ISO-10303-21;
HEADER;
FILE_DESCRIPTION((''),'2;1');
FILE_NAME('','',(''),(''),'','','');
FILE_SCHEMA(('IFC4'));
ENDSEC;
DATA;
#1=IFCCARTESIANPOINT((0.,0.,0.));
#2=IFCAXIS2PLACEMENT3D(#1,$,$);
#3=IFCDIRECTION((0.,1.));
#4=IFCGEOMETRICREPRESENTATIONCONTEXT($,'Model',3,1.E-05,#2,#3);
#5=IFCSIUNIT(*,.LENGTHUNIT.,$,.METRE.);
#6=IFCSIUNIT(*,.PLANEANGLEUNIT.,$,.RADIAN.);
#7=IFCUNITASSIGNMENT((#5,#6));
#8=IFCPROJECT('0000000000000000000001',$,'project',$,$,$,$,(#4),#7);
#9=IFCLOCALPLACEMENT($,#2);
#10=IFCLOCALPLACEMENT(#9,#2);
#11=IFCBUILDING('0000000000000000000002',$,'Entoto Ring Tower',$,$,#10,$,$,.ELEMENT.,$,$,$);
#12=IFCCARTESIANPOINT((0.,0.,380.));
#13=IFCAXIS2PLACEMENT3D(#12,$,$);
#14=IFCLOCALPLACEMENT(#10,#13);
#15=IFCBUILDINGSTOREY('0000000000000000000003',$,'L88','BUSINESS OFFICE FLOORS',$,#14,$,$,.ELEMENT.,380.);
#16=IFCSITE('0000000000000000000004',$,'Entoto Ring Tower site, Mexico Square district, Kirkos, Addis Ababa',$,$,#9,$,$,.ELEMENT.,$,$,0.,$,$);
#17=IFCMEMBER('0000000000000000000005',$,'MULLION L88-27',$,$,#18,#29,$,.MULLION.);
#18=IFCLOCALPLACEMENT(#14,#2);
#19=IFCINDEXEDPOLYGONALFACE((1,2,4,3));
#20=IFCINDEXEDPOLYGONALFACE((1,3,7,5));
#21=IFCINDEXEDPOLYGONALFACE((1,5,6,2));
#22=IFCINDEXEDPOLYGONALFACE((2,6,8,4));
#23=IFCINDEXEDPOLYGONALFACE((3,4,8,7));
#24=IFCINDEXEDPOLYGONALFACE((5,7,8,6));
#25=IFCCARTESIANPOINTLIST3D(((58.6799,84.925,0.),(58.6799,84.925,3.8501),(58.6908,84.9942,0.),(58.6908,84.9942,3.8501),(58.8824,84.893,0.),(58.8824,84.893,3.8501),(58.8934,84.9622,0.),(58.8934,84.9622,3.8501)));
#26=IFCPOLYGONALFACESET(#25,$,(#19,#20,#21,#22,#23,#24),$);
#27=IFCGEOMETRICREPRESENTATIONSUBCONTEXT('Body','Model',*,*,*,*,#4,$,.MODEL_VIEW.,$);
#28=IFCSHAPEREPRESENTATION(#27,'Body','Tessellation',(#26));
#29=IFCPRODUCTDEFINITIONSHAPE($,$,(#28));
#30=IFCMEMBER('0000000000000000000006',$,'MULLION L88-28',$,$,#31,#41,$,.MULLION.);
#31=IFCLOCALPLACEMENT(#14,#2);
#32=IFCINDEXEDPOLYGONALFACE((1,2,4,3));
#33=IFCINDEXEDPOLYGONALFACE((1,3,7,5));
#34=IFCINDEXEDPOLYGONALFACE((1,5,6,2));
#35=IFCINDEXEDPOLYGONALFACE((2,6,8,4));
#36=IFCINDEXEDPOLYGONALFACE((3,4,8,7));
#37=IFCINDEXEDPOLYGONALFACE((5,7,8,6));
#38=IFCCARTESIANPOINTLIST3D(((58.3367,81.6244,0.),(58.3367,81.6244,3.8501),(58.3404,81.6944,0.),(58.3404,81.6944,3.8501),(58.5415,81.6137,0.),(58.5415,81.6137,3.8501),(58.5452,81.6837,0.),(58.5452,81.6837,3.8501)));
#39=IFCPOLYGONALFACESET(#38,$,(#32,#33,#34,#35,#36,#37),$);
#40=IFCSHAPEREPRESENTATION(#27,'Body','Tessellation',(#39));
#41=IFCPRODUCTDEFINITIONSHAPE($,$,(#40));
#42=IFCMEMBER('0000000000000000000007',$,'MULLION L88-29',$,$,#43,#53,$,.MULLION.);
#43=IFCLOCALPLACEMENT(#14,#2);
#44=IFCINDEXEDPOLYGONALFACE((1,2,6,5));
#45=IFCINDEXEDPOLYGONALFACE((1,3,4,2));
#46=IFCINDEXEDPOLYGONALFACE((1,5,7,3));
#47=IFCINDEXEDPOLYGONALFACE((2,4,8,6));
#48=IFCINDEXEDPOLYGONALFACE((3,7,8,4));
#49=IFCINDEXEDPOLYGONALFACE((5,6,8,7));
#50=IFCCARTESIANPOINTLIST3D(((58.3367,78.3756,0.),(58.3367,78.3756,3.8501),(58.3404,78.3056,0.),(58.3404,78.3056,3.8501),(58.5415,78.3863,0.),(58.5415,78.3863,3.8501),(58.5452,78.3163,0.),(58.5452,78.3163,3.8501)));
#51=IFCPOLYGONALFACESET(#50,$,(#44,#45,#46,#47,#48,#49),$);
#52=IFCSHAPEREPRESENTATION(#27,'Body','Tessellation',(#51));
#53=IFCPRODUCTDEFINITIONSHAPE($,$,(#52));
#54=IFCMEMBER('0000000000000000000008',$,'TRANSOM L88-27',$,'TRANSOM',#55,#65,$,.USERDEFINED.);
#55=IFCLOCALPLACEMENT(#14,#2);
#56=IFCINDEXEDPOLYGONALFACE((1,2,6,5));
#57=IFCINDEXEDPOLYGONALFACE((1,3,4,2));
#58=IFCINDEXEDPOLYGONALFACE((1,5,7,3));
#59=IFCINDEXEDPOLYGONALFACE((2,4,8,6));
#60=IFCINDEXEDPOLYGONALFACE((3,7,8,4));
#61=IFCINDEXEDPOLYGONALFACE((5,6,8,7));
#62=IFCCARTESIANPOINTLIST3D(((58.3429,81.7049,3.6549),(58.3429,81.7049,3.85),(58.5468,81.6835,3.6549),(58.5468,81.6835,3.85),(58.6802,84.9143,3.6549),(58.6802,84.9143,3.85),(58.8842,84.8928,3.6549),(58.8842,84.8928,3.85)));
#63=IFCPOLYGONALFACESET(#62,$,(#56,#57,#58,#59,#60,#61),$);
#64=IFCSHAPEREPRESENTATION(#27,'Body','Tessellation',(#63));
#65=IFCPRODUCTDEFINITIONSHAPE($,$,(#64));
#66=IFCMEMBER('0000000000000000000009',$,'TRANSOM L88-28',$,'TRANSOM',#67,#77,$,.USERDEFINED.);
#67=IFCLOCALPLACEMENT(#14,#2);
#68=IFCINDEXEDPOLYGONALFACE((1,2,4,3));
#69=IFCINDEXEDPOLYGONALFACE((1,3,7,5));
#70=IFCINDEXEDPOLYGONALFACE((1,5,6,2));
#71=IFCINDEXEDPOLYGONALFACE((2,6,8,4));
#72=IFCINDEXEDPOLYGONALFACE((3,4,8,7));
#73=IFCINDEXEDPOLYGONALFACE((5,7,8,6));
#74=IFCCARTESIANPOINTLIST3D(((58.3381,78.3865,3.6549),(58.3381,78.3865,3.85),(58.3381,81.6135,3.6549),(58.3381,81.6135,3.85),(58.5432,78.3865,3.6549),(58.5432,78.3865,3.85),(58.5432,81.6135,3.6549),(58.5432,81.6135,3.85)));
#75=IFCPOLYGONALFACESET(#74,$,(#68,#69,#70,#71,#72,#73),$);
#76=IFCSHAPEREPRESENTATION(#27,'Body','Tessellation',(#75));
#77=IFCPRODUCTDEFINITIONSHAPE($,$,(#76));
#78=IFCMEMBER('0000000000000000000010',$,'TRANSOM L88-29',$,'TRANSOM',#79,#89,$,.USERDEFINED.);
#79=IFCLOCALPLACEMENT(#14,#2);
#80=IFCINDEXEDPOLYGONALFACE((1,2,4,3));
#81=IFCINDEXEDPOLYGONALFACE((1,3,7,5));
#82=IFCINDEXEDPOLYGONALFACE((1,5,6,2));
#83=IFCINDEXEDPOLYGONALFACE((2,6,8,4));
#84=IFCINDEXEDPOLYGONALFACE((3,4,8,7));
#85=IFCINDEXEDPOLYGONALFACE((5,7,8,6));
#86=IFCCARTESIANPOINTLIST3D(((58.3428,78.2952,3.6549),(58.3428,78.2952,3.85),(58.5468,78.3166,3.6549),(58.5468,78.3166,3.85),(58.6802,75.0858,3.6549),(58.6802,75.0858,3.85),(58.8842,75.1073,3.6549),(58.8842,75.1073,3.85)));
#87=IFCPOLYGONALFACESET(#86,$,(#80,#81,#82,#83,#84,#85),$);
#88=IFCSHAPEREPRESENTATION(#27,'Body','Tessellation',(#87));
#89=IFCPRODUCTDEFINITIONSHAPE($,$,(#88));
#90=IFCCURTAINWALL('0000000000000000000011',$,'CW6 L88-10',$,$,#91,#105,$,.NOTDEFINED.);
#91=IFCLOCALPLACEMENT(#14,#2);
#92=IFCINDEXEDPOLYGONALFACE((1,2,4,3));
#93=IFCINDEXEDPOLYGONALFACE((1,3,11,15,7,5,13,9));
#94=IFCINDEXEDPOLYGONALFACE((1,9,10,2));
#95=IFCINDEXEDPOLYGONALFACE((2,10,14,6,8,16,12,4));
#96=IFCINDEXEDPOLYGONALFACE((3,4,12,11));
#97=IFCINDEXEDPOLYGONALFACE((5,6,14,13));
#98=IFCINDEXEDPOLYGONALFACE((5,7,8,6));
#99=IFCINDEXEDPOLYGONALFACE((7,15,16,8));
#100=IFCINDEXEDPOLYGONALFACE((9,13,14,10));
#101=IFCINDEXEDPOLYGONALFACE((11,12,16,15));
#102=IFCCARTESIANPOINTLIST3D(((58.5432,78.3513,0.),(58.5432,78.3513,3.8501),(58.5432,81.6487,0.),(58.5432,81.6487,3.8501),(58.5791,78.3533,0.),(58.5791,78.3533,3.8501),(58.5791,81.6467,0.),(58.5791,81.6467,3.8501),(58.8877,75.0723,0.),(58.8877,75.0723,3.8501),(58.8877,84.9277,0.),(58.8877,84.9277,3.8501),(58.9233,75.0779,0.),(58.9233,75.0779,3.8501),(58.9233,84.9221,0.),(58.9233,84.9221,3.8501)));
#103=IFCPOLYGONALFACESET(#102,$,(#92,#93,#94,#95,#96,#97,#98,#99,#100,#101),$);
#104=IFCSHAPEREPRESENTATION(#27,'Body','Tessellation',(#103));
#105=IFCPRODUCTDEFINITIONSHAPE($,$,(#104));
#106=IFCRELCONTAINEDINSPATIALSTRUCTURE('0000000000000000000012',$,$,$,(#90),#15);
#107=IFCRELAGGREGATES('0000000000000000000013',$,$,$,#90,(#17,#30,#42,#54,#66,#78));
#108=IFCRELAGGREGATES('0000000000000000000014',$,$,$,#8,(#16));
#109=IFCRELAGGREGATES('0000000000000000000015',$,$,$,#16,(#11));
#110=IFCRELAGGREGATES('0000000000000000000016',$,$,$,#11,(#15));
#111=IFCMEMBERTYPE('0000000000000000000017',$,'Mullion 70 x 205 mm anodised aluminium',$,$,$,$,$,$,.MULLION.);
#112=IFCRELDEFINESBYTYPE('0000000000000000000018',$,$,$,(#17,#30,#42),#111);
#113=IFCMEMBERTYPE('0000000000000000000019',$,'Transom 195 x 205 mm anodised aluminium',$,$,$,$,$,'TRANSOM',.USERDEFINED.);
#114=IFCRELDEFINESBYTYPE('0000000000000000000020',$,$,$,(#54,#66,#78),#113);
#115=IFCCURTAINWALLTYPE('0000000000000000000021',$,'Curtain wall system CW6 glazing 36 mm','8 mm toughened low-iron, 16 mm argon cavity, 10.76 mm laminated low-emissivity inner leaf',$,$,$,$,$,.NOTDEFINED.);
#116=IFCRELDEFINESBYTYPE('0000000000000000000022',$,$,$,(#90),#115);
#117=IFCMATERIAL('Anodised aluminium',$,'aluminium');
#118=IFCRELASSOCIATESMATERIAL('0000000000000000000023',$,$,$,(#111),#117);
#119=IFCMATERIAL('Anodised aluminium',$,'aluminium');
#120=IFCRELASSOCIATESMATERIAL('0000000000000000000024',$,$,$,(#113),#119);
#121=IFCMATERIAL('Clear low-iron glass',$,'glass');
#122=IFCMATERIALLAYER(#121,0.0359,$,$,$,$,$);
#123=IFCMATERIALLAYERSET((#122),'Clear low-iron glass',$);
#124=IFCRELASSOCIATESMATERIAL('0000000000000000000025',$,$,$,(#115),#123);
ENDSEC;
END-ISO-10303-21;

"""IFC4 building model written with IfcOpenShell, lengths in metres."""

from ifc_helpers import new_model, si_unit, direction, frame, origin, origin_2d, place, context, subcontext, project, spatial, polyline, rectangle, outline, extrude, material, layer, layer_set, material_profile, profile_set, type_object, element, aggregate, save


model = new_model("IFC4")

# Units and contexts
model_context = context("Model", 3, precision=1e-05, world=origin(), true_north=direction((0.0, 1.0)))
body_context = subcontext(model_context, "Body", "Model", "MODEL_VIEW")
ifc_project = project(units=[si_unit("LENGTHUNIT", "METRE"), si_unit("PLANEANGLEUNIT", "RADIAN")], contexts=[model_context])

# Members
ifc_material_1 = material(Name="Anodised aluminium", Category="aluminium")
ifc_material_profile_1 = material_profile(ifc_material_1, rectangle(XDim=0.0701, YDim=0.2051, at=origin_2d()), Name="Mullion 70 x 205 mm anodised aluminium")
ifc_profile_set_1 = profile_set([ifc_material_profile_1], Name="Anodised aluminium")
member_type_1 = type_object("IfcMemberType", Name="Mullion 70 x 205 mm anodised aluminium", PredefinedType="MULLION", material=ifc_profile_set_1)
site_placement = place(None, origin())
building_placement = place(site_placement, origin())
storey_placement = place(building_placement, frame((0.0, 0.0, 380.0)))
member_1_placement = place(storey_placement, frame((58.7866, 84.9436, 0.0), z_axis=(0.0, 0.0, 1.0), x_axis=(-0.156434, -0.987688, 0.0)))
member_1 = element("IfcMember", 1, at=member_1_placement, type_object=member_type_1, Name="MULLION L88-27", PredefinedType="MULLION", context=body_context, shape_type="SweptSolid", body=[
    extrude(rectangle(XDim=0.0701, YDim=0.2051, at=origin_2d()), origin(), (0.0, 0.0, 1.0), 3.8501),
])
member_2_placement = place(storey_placement, frame((58.4409, 81.6541, 0.0), z_axis=(0.0, 0.0, 1.0), x_axis=(-0.052336, -0.99863, 0.0)))
member_2 = element("IfcMember", 2, at=member_2_placement, type_object=member_type_1, Name="MULLION L88-28", PredefinedType="MULLION", context=body_context, shape_type="SweptSolid", body=[
    extrude(rectangle(XDim=0.0701, YDim=0.2051, at=origin_2d()), origin(), (0.0, 0.0, 1.0), 3.8501),
])
member_3_placement = place(storey_placement, frame((58.4409, 78.3459, 0.0), z_axis=(0.0, 0.0, 1.0), x_axis=(0.052336, -0.99863, 0.0)))
member_3 = element("IfcMember", 3, at=member_3_placement, type_object=member_type_1, Name="MULLION L88-29", PredefinedType="MULLION", context=body_context, shape_type="SweptSolid", body=[
    extrude(rectangle(XDim=0.0701, YDim=0.2051, at=origin_2d()), origin(), (0.0, 0.0, 1.0), 3.8501),
])
ifc_material_2 = material(Name="Anodised aluminium", Category="aluminium")
ifc_material_profile_2 = material_profile(ifc_material_2, rectangle(XDim=0.2051, YDim=0.1951, at=origin_2d()), Name="Transom 195 x 205 mm anodised aluminium")
ifc_profile_set_2 = profile_set([ifc_material_profile_2], Name="Anodised aluminium")
member_type_2 = type_object("IfcMemberType", Name="Transom 195 x 205 mm anodised aluminium", ElementType="TRANSOM", PredefinedType="USERDEFINED", material=ifc_profile_set_2)
member_4_placement = place(storey_placement, frame((58.7822, 84.9036, 3.7524), z_axis=(-0.104551, -0.99452, 0.0), x_axis=(0.99452, -0.104551, 0.0)))
member_4 = element("IfcMember", 4, at=member_4_placement, type_object=member_type_2, Name="TRANSOM L88-27", ObjectType="TRANSOM", PredefinedType="USERDEFINED", context=body_context, shape_type="SweptSolid", body=[
    extrude(rectangle(XDim=0.2051, YDim=0.1951, at=origin_2d()), origin(), (0.0, 0.0, 1.0), 3.2271),
])
member_5_placement = place(storey_placement, frame((58.4407, 81.6135, 3.7524), z_axis=(0.0, -1.0, 0.0), x_axis=(1.0, 0.0, 0.0)))
member_5 = element("IfcMember", 5, at=member_5_placement, type_object=member_type_2, Name="TRANSOM L88-28", ObjectType="TRANSOM", PredefinedType="USERDEFINED", context=body_context, shape_type="SweptSolid", body=[
    extrude(rectangle(XDim=0.2051, YDim=0.1951, at=origin_2d()), origin(), (0.0, 0.0, 1.0), 3.2271),
])
member_6_placement = place(storey_placement, frame((58.4448, 78.3059, 3.7524), z_axis=(0.104551, -0.99452, 0.0), x_axis=(0.99452, 0.104551, 0.0)))
member_6 = element("IfcMember", 6, at=member_6_placement, type_object=member_type_2, Name="TRANSOM L88-29", ObjectType="TRANSOM", PredefinedType="USERDEFINED", context=body_context, shape_type="SweptSolid", body=[
    extrude(rectangle(XDim=0.2051, YDim=0.1951, at=origin_2d()), origin(), (0.0, 0.0, 1.0), 3.2271),
])

# Site, building, storey
site = spatial("IfcSite", under=ifc_project, at=site_placement, Name="Entoto Ring Tower site, Mexico Square district, Kirkos, Addis Ababa", CompositionType="ELEMENT", RefElevation=0.0)
building = spatial("IfcBuilding", under=site, at=building_placement, Name="Entoto Ring Tower", CompositionType="ELEMENT")
storey = spatial("IfcBuildingStorey", under=building, at=storey_placement, Name="L88", Description="BUSINESS OFFICE FLOORS", CompositionType="ELEMENT", Elevation=380.0)

# Curtain wall
ifc_material_3 = material(Name="Clear low-iron glass", Category="glass")
ifc_layer = layer(ifc_material_3, 0.0359)
ifc_layer_set = layer_set([ifc_layer], Name="Clear low-iron glass")
curtain_wall_type = type_object("IfcCurtainWallType", Name="Curtain wall system CW6 glazing 36 mm", Description="8 mm toughened low-iron, 16 mm argon cavity, 10.76 mm laminated low-emissivity inner leaf", PredefinedType="NOTDEFINED", material=ifc_layer_set)
curtain_wall_1_placement = place(storey_placement, origin())
curtain_wall_1 = element("IfcCurtainWall", 7, at=curtain_wall_1_placement, inside=storey, type_object=curtain_wall_type, Name="CW6 L88-10", PredefinedType="NOTDEFINED", context=body_context, shape_type="SweptSolid", body=[
    extrude(outline(polyline([(58.8877, 84.9277), (58.5432, 81.6487), (58.5432, 78.3513), (58.8877, 75.0723), (58.9233, 75.0779), (58.5791, 78.3533), (58.5791, 81.6467), (58.9233, 84.9221), (58.8877, 84.9277)])), origin(), (0.0, 0.0, 1.0), 3.8501),
])
aggregate(curtain_wall_1, [member_1, member_2, member_3, member_4, member_5, member_6])

save(model, "model.ifc")
